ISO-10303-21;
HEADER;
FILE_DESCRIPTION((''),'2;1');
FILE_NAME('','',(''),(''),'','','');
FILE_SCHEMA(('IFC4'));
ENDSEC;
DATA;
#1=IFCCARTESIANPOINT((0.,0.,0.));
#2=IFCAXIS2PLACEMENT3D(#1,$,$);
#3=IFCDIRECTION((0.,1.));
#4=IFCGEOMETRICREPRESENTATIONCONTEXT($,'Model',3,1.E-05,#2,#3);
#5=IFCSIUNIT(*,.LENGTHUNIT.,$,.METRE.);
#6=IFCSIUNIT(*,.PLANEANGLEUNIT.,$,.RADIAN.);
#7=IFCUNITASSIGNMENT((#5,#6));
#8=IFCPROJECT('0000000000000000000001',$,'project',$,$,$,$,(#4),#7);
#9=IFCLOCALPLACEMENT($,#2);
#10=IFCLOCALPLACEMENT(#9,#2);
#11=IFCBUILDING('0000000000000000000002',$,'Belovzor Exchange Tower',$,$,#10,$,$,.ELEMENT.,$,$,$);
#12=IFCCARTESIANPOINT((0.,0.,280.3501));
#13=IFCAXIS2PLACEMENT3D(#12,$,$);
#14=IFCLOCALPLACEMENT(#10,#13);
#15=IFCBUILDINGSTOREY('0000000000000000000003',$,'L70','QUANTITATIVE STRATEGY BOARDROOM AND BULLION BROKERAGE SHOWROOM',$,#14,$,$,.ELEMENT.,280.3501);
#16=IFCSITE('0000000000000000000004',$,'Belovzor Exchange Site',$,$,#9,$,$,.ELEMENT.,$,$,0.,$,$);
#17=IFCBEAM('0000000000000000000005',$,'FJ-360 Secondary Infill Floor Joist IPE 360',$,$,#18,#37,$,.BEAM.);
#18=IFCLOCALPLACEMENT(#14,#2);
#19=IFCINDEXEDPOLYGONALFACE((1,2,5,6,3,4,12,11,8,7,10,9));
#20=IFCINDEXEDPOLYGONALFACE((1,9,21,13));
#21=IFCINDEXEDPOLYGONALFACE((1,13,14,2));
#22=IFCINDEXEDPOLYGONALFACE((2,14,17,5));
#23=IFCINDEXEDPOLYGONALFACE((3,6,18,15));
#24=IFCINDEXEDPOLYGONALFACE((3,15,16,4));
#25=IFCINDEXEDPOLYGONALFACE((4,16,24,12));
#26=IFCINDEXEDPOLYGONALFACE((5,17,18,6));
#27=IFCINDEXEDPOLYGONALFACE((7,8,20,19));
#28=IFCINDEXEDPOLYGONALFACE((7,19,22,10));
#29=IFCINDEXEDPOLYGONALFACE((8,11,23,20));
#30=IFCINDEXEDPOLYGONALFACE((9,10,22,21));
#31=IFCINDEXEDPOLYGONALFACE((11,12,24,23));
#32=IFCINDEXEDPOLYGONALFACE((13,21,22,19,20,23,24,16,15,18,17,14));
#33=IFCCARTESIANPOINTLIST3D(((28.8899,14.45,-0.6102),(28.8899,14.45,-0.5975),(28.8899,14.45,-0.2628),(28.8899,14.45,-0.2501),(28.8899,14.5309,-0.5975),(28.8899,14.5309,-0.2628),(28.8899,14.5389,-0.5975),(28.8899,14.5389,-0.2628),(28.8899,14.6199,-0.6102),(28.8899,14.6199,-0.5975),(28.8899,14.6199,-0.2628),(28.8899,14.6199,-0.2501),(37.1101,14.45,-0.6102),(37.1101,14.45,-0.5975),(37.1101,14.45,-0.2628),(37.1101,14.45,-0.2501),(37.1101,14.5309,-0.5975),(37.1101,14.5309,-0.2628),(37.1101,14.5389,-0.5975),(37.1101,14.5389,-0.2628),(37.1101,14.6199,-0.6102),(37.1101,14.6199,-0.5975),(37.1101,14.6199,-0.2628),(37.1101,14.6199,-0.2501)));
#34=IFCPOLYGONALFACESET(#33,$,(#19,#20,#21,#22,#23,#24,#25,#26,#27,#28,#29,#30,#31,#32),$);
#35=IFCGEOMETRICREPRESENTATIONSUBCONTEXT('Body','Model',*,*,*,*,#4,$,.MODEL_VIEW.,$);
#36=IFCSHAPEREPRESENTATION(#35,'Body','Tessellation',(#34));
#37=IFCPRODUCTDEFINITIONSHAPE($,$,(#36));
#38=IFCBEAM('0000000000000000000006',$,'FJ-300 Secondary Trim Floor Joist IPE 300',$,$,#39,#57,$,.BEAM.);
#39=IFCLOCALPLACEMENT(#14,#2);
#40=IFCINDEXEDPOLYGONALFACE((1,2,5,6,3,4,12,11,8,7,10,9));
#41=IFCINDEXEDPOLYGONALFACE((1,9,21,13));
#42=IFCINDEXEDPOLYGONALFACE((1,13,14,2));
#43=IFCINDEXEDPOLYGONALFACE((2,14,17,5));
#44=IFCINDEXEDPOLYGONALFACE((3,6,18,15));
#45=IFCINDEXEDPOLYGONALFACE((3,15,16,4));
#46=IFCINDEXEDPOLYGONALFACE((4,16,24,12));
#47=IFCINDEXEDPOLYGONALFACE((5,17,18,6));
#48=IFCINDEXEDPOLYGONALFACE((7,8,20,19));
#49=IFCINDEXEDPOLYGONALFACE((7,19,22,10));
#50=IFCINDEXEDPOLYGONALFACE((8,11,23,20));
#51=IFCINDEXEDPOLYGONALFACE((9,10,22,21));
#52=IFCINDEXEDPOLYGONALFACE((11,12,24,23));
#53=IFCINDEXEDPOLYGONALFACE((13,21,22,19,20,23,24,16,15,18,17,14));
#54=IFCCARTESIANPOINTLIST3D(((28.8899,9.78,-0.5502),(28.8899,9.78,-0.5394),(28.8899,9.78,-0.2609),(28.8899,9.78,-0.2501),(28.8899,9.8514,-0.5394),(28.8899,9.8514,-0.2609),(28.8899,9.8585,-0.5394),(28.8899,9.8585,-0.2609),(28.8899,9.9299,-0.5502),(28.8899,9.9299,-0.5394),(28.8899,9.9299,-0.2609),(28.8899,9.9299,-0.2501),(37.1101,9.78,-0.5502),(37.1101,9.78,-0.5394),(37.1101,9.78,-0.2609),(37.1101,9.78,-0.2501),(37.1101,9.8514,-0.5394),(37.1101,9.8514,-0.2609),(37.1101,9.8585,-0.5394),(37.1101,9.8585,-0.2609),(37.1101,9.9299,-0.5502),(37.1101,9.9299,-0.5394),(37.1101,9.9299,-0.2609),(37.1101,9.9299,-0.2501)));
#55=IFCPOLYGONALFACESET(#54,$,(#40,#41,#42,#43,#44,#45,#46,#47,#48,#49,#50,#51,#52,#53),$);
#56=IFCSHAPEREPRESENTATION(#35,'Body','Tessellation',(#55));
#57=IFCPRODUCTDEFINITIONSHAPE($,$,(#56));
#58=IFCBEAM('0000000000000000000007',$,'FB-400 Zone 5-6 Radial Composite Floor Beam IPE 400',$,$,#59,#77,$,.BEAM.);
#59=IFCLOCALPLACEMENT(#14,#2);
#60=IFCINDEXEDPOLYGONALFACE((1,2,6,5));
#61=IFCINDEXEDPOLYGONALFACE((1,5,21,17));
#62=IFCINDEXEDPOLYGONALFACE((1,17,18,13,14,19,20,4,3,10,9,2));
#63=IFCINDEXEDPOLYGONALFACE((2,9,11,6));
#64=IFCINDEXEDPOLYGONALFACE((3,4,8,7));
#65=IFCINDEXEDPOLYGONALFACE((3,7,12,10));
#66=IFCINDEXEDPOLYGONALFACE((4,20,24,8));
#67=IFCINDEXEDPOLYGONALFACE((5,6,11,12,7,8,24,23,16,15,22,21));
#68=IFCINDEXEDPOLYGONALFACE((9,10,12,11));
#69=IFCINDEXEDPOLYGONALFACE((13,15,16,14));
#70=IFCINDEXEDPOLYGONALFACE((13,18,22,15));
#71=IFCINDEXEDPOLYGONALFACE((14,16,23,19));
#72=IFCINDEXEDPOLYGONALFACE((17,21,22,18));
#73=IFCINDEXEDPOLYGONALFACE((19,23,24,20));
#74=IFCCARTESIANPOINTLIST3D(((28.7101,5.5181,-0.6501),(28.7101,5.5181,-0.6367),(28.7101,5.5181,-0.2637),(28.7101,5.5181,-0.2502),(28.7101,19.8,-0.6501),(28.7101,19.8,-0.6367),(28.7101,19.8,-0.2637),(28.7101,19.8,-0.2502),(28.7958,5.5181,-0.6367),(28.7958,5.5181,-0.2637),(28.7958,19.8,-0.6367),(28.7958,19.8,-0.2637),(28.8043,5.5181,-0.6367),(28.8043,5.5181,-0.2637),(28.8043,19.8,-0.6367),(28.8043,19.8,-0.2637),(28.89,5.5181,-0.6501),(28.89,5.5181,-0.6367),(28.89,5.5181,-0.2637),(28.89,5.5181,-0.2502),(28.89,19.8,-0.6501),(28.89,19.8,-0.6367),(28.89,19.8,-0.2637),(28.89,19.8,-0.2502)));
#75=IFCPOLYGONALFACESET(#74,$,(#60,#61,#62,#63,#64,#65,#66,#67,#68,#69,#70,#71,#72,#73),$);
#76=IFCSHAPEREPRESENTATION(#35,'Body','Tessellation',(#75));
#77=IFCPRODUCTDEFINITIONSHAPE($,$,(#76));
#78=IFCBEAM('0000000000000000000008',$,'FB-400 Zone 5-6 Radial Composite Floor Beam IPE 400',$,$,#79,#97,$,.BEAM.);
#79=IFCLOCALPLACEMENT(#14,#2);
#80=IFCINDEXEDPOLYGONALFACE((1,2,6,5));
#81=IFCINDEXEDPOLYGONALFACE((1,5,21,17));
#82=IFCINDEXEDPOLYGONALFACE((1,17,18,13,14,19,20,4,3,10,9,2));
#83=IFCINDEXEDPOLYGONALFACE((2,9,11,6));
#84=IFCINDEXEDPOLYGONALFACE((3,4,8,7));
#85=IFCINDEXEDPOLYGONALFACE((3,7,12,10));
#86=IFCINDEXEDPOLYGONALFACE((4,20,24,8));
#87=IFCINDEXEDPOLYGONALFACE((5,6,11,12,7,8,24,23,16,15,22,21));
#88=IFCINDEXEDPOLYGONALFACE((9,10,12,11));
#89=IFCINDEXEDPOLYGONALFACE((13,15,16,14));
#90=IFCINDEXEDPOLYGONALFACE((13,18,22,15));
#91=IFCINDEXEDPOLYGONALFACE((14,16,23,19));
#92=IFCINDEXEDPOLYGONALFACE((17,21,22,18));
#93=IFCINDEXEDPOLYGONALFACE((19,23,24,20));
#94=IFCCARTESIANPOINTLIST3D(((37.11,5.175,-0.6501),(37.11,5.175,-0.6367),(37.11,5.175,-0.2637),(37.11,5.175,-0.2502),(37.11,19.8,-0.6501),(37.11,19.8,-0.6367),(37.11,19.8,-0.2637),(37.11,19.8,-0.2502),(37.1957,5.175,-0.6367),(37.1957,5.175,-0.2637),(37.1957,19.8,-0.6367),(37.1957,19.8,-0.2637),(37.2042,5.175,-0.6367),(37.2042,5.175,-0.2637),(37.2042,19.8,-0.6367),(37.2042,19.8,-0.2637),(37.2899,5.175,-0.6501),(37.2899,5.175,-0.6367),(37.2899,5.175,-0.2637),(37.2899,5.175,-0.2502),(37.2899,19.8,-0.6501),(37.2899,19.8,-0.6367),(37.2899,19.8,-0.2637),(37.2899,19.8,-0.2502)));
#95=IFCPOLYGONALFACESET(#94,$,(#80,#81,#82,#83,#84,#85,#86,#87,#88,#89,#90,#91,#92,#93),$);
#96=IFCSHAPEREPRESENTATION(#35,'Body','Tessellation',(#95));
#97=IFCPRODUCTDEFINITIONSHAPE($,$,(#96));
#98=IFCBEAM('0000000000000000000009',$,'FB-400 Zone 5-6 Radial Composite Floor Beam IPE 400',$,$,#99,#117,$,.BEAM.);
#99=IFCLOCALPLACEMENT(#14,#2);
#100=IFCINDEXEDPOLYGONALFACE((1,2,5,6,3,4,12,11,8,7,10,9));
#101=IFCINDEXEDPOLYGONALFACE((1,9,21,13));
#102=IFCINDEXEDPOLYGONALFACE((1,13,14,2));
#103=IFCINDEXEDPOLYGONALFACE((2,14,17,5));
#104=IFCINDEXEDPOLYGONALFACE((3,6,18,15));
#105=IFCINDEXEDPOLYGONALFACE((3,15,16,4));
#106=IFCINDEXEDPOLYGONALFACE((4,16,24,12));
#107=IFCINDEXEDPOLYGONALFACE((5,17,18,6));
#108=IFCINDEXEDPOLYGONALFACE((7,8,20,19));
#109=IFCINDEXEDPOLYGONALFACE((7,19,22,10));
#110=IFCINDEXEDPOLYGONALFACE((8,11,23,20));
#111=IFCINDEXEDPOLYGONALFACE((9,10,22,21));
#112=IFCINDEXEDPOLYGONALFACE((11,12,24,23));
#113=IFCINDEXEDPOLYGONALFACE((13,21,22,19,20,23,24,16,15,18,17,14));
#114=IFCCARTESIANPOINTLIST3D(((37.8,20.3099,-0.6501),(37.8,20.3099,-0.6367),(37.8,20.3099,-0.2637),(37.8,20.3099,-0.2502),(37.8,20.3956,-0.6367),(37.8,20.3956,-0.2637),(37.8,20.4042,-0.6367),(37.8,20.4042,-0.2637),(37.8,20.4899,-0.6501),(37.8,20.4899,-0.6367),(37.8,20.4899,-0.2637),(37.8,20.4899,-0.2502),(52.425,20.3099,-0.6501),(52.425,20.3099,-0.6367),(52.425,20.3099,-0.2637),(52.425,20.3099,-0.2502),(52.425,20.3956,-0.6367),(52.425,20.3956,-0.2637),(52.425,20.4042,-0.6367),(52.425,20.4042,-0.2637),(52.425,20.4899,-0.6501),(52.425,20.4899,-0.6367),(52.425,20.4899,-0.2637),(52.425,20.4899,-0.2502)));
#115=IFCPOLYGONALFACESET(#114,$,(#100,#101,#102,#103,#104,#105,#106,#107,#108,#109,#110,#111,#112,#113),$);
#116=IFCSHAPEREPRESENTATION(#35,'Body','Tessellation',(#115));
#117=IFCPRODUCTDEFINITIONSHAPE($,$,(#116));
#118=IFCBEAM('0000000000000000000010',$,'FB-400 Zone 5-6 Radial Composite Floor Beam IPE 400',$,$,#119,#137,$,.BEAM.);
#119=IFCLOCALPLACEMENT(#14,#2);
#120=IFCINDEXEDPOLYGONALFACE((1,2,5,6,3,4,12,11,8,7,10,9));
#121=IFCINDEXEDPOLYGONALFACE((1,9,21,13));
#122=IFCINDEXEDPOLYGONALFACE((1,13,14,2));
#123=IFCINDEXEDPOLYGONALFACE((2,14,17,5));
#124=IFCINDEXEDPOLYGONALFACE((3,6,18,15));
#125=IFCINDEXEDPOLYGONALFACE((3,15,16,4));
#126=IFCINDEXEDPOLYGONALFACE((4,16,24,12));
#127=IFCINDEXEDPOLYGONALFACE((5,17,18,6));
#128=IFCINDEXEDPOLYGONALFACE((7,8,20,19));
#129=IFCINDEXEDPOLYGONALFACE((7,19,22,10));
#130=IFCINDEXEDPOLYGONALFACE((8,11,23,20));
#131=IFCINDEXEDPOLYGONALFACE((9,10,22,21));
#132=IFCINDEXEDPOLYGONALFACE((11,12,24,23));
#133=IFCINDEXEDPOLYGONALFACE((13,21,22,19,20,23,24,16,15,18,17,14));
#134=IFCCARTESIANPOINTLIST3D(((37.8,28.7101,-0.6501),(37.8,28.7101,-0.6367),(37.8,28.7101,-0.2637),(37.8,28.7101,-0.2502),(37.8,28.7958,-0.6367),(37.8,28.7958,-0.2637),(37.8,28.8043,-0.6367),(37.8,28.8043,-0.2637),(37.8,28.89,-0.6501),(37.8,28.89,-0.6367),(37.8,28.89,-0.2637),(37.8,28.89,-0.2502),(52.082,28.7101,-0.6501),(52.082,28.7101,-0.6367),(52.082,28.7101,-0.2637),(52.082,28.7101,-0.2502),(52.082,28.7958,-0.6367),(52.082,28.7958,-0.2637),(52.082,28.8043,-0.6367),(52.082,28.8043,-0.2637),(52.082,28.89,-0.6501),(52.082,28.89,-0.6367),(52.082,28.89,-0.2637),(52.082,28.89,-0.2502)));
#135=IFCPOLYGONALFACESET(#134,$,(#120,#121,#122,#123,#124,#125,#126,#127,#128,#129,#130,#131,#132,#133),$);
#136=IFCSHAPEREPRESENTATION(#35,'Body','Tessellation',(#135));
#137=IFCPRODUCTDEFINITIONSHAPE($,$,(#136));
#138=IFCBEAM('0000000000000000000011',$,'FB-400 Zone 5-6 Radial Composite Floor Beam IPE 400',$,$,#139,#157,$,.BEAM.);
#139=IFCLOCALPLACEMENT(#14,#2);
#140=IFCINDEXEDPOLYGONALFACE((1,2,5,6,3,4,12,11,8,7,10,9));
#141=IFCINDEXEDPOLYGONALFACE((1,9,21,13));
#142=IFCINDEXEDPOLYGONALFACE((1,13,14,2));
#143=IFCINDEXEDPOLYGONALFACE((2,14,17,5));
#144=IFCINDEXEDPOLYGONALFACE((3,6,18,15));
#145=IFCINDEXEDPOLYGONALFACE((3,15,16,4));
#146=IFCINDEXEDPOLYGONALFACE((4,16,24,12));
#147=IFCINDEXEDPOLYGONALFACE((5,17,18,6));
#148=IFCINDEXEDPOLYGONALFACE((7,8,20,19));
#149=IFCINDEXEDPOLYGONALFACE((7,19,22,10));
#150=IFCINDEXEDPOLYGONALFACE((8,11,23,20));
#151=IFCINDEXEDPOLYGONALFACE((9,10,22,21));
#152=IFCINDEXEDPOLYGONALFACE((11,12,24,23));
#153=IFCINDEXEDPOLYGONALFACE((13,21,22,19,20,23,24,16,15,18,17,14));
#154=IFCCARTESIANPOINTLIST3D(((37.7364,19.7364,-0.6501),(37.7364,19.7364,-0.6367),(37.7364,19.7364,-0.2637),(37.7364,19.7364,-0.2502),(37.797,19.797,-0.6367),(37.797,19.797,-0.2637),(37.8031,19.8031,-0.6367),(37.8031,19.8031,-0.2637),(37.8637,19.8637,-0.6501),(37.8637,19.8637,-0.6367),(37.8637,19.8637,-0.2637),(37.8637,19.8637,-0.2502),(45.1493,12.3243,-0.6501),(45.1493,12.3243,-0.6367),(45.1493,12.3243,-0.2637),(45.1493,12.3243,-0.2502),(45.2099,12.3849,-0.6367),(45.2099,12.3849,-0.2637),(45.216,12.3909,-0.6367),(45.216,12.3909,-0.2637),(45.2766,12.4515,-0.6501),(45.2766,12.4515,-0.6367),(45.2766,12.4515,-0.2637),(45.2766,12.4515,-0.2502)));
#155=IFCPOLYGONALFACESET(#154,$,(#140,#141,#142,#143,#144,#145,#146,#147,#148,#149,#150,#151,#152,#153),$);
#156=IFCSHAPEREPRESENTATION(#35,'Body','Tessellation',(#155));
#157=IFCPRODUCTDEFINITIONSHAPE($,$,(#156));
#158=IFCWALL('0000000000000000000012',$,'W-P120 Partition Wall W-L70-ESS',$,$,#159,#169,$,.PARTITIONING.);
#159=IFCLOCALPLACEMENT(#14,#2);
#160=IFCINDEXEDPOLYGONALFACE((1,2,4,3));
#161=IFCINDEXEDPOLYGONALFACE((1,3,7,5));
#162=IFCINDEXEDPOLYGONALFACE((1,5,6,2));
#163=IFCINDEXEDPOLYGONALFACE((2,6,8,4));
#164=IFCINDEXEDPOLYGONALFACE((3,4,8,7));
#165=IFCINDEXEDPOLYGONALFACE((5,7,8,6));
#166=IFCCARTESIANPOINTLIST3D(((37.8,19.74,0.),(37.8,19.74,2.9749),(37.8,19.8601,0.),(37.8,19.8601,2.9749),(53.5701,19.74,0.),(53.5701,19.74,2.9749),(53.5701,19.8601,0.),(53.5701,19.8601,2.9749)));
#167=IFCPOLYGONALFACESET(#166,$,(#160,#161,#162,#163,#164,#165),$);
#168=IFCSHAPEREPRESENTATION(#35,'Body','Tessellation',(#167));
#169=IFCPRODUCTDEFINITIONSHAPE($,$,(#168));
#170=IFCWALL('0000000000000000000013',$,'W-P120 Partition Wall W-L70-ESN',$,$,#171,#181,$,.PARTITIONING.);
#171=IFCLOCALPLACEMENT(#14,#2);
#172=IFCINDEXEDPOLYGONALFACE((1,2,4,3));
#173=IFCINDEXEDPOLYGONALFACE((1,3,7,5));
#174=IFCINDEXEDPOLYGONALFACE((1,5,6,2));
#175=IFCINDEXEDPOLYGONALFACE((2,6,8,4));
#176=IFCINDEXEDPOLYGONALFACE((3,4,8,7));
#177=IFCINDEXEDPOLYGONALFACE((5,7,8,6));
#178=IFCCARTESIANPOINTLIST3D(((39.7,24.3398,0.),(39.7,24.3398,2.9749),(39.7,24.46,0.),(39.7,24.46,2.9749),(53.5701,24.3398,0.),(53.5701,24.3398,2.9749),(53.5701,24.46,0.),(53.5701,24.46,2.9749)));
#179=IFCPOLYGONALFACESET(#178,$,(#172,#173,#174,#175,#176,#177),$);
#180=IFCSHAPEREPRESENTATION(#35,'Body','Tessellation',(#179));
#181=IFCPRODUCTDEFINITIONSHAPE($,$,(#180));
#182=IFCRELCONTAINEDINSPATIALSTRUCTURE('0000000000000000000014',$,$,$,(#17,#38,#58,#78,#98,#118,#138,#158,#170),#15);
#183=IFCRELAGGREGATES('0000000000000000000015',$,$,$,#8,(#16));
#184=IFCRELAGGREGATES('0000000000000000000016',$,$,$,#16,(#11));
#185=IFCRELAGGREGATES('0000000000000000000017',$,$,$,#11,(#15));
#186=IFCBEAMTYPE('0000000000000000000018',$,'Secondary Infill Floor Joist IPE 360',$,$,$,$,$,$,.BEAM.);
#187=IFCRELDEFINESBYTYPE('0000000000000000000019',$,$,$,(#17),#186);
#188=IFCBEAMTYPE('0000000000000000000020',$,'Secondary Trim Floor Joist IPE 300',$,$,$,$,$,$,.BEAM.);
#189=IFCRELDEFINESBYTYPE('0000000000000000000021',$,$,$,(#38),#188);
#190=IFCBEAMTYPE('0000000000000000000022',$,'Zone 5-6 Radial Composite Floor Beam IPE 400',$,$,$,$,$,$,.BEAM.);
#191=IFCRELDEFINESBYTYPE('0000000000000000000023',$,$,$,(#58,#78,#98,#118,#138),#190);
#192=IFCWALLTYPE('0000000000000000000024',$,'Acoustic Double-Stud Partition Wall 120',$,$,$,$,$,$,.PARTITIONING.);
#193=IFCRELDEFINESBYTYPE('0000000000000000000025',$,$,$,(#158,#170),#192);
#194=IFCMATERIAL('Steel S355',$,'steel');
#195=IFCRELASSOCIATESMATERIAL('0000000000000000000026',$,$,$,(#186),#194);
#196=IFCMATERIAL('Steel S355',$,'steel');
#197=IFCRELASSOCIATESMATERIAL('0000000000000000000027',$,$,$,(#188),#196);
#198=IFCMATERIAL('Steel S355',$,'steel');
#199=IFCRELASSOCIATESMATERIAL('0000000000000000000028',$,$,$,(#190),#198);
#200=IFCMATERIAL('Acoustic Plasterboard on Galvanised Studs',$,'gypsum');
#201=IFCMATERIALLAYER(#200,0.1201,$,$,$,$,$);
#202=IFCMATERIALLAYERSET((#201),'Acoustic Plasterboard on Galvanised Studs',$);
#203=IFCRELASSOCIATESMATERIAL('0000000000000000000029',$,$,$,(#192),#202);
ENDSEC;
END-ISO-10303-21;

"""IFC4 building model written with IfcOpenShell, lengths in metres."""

from ifc_helpers import new_model, si_unit, direction, frame, frame_2d, origin, origin_2d, place, context, subcontext, project, spatial, rectangle, i_section, extrude, material, layer, layer_set, material_profile, profile_set, type_object, element, save


model = new_model("IFC4")

# Units and contexts
model_context = context("Model", 3, precision=1e-05, world=origin(), true_north=direction((0.0, 1.0)))
body_context = subcontext(model_context, "Body", "Model", "MODEL_VIEW")
ifc_project = project(units=[si_unit("LENGTHUNIT", "METRE"), si_unit("PLANEANGLEUNIT", "RADIAN")], contexts=[model_context])

# Site, building, storey
site_placement = place(None, origin())
site = spatial("IfcSite", under=ifc_project, at=site_placement, Name="Belovzor Exchange Site", CompositionType="ELEMENT", RefElevation=0.0)
building_placement = place(site_placement, origin())
building = spatial("IfcBuilding", under=site, at=building_placement, Name="Belovzor Exchange Tower", CompositionType="ELEMENT")
storey_placement = place(building_placement, frame((0.0, 0.0, 280.3501)))
storey = spatial("IfcBuildingStorey", under=building, at=storey_placement, Name="L70", Description="QUANTITATIVE STRATEGY BOARDROOM AND BULLION BROKERAGE SHOWROOM", CompositionType="ELEMENT", Elevation=280.3501)

# Beams
ifc_material_1 = material(Name="Steel S355", Category="steel")
ifc_material_profile_1 = material_profile(ifc_material_1, i_section(OverallWidth=0.1699, OverallDepth=0.3601, WebThickness=0.0081, FlangeThickness=0.0127, at=origin_2d()))
ifc_profile_set_1 = profile_set([ifc_material_profile_1], Name="Steel S355")
beam_type_1 = type_object("IfcBeamType", Name="Secondary Infill Floor Joist IPE 360", PredefinedType="BEAM", material=ifc_profile_set_1)
beam_1_placement = place(storey_placement, frame((28.8899, 14.5349, -0.4302), z_axis=(1.0, 0.0, 0.0), x_axis=(0.0, 1.0, 0.0)))
element("IfcBeam", 1, at=beam_1_placement, inside=storey, type_object=beam_type_1, Name="FJ-360 Secondary Infill Floor Joist IPE 360", PredefinedType="BEAM", context=body_context, shape_type="SweptSolid", body=[
    extrude(i_section(OverallWidth=0.1699, OverallDepth=0.3601, WebThickness=0.0081, FlangeThickness=0.0127, at=origin_2d()), origin(), (0.0, 0.0, 1.0), 8.2202),
])
ifc_material_2 = material(Name="Steel S355", Category="steel")
ifc_material_profile_2 = material_profile(ifc_material_2, i_section(OverallWidth=0.1499, OverallDepth=0.3, WebThickness=0.0071, FlangeThickness=0.0107, at=origin_2d()))
ifc_profile_set_2 = profile_set([ifc_material_profile_2], Name="Steel S355")
beam_type_2 = type_object("IfcBeamType", Name="Secondary Trim Floor Joist IPE 300", PredefinedType="BEAM", material=ifc_profile_set_2)
beam_2_placement = place(storey_placement, frame((28.8899, 9.855, -0.4001), z_axis=(1.0, 0.0, 0.0), x_axis=(0.0, 1.0, 0.0)))
element("IfcBeam", 2, at=beam_2_placement, inside=storey, type_object=beam_type_2, Name="FJ-300 Secondary Trim Floor Joist IPE 300", PredefinedType="BEAM", context=body_context, shape_type="SweptSolid", body=[
    extrude(i_section(OverallWidth=0.1499, OverallDepth=0.3, WebThickness=0.0071, FlangeThickness=0.0107, at=origin_2d()), origin(), (0.0, 0.0, 1.0), 8.2202),
])
ifc_material_3 = material(Name="Steel S355", Category="steel")
ifc_material_profile_3 = material_profile(ifc_material_3, i_section(OverallWidth=0.1799, OverallDepth=0.3999, WebThickness=0.0085, FlangeThickness=0.0134, at=origin_2d()))
ifc_profile_set_3 = profile_set([ifc_material_profile_3], Name="Steel S355")
beam_type_3 = type_object("IfcBeamType", Name="Zone 5-6 Radial Composite Floor Beam IPE 400", PredefinedType="BEAM", material=ifc_profile_set_3)
beam_3_placement = place(storey_placement, frame((28.8, 19.8, -0.4502), z_axis=(0.0, -1.0, 0.0), x_axis=(1.0, 0.0, 0.0)))
element("IfcBeam", 3, at=beam_3_placement, inside=storey, type_object=beam_type_3, Name="FB-400 Zone 5-6 Radial Composite Floor Beam IPE 400", PredefinedType="BEAM", context=body_context, shape_type="SweptSolid", body=[
    extrude(i_section(OverallWidth=0.1799, OverallDepth=0.3999, WebThickness=0.0085, FlangeThickness=0.0134, at=origin_2d()), origin(), (0.0, 0.0, 1.0), 14.282),
])
for number, where, z_axis, x_axis, name in (
    (4, (37.2, 19.8, -0.4502), (0.0, -1.0, 0.0), (1.0, 0.0, 0.0), "FB-400 Zone 5-6 Radial Composite Floor Beam IPE 400"),
    (5, (37.8, 20.3999, -0.4502), (1.0, 0.0, 0.0), (0.0, 1.0, 0.0), "FB-400 Zone 5-6 Radial Composite Floor Beam IPE 400"),
):
    element("IfcBeam", number, at=place(storey_placement, frame(where, z_axis=z_axis, x_axis=x_axis)), inside=storey, type_object=beam_type_3, Name=name, PredefinedType="BEAM", context=body_context, shape_type="SweptSolid", body=[
        extrude(i_section(OverallWidth=0.1799, OverallDepth=0.3999, WebThickness=0.0085, FlangeThickness=0.0134, at=origin_2d()), origin(), (0.0, 0.0, 1.0), 14.625),
    ])
beam_4_placement = place(storey_placement, frame((37.8, 28.8, -0.4502), z_axis=(1.0, 0.0, 0.0), x_axis=(0.0, 1.0, 0.0)))
element("IfcBeam", 6, at=beam_4_placement, inside=storey, type_object=beam_type_3, Name="FB-400 Zone 5-6 Radial Composite Floor Beam IPE 400", PredefinedType="BEAM", context=body_context, shape_type="SweptSolid", body=[
    extrude(i_section(OverallWidth=0.1799, OverallDepth=0.3999, WebThickness=0.0085, FlangeThickness=0.0134, at=origin_2d()), origin(), (0.0, 0.0, 1.0), 14.282),
])
beam_5_placement = place(storey_placement, frame((37.8, 19.8, -0.4502), z_axis=(0.707142, -0.707072, 0.0), x_axis=(0.707072, 0.707142, 0.0)))
element("IfcBeam", 7, at=beam_5_placement, inside=storey, type_object=beam_type_3, Name="FB-400 Zone 5-6 Radial Composite Floor Beam IPE 400", PredefinedType="BEAM", context=body_context, shape_type="SweptSolid", body=[
    extrude(i_section(OverallWidth=0.1799, OverallDepth=0.3999, WebThickness=0.0085, FlangeThickness=0.0134, at=origin_2d()), origin(), (0.0, 0.0, 1.0), 10.4829),
])

# Walls
ifc_material_4 = material(Name="Acoustic Plasterboard on Galvanised Studs", Category="gypsum")
ifc_layer_1 = layer(ifc_material_4, 0.1201)
ifc_layer_set_1 = layer_set([ifc_layer_1], Name="Acoustic Plasterboard on Galvanised Studs")
wall_type_1 = type_object("IfcWallType", Name="Acoustic Double-Stud Partition Wall 120", PredefinedType="PARTITIONING", material=ifc_layer_set_1)
wall_1_placement = place(storey_placement, frame((37.8, 19.8, 0.0), z_axis=(0.0, 0.0, 1.0), x_axis=(1.0, 0.0, 0.0)))
element("IfcWall", 8, at=wall_1_placement, inside=storey, type_object=wall_type_1, Name="W-P120 Partition Wall W-L70-ESS", PredefinedType="PARTITIONING", context=body_context, shape_type="SweptSolid", body=[
    extrude(rectangle(XDim=15.77, YDim=0.1201, at=frame_2d((7.885, 0.0))), origin(), (0.0, 0.0, 1.0), 2.9749),
])
wall_2_placement = place(storey_placement, frame((39.7, 24.3999, 0.0), z_axis=(0.0, 0.0, 1.0), x_axis=(1.0, 0.0, 0.0)))
element("IfcWall", 9, at=wall_2_placement, inside=storey, type_object=wall_type_1, Name="W-P120 Partition Wall W-L70-ESN", PredefinedType="PARTITIONING", context=body_context, shape_type="SweptSolid", body=[
    extrude(rectangle(XDim=13.8701, YDim=0.1201, at=frame_2d((6.9351, 0.0))), origin(), (0.0, 0.0, 1.0), 2.9749),
])

save(model, "model.ifc")
